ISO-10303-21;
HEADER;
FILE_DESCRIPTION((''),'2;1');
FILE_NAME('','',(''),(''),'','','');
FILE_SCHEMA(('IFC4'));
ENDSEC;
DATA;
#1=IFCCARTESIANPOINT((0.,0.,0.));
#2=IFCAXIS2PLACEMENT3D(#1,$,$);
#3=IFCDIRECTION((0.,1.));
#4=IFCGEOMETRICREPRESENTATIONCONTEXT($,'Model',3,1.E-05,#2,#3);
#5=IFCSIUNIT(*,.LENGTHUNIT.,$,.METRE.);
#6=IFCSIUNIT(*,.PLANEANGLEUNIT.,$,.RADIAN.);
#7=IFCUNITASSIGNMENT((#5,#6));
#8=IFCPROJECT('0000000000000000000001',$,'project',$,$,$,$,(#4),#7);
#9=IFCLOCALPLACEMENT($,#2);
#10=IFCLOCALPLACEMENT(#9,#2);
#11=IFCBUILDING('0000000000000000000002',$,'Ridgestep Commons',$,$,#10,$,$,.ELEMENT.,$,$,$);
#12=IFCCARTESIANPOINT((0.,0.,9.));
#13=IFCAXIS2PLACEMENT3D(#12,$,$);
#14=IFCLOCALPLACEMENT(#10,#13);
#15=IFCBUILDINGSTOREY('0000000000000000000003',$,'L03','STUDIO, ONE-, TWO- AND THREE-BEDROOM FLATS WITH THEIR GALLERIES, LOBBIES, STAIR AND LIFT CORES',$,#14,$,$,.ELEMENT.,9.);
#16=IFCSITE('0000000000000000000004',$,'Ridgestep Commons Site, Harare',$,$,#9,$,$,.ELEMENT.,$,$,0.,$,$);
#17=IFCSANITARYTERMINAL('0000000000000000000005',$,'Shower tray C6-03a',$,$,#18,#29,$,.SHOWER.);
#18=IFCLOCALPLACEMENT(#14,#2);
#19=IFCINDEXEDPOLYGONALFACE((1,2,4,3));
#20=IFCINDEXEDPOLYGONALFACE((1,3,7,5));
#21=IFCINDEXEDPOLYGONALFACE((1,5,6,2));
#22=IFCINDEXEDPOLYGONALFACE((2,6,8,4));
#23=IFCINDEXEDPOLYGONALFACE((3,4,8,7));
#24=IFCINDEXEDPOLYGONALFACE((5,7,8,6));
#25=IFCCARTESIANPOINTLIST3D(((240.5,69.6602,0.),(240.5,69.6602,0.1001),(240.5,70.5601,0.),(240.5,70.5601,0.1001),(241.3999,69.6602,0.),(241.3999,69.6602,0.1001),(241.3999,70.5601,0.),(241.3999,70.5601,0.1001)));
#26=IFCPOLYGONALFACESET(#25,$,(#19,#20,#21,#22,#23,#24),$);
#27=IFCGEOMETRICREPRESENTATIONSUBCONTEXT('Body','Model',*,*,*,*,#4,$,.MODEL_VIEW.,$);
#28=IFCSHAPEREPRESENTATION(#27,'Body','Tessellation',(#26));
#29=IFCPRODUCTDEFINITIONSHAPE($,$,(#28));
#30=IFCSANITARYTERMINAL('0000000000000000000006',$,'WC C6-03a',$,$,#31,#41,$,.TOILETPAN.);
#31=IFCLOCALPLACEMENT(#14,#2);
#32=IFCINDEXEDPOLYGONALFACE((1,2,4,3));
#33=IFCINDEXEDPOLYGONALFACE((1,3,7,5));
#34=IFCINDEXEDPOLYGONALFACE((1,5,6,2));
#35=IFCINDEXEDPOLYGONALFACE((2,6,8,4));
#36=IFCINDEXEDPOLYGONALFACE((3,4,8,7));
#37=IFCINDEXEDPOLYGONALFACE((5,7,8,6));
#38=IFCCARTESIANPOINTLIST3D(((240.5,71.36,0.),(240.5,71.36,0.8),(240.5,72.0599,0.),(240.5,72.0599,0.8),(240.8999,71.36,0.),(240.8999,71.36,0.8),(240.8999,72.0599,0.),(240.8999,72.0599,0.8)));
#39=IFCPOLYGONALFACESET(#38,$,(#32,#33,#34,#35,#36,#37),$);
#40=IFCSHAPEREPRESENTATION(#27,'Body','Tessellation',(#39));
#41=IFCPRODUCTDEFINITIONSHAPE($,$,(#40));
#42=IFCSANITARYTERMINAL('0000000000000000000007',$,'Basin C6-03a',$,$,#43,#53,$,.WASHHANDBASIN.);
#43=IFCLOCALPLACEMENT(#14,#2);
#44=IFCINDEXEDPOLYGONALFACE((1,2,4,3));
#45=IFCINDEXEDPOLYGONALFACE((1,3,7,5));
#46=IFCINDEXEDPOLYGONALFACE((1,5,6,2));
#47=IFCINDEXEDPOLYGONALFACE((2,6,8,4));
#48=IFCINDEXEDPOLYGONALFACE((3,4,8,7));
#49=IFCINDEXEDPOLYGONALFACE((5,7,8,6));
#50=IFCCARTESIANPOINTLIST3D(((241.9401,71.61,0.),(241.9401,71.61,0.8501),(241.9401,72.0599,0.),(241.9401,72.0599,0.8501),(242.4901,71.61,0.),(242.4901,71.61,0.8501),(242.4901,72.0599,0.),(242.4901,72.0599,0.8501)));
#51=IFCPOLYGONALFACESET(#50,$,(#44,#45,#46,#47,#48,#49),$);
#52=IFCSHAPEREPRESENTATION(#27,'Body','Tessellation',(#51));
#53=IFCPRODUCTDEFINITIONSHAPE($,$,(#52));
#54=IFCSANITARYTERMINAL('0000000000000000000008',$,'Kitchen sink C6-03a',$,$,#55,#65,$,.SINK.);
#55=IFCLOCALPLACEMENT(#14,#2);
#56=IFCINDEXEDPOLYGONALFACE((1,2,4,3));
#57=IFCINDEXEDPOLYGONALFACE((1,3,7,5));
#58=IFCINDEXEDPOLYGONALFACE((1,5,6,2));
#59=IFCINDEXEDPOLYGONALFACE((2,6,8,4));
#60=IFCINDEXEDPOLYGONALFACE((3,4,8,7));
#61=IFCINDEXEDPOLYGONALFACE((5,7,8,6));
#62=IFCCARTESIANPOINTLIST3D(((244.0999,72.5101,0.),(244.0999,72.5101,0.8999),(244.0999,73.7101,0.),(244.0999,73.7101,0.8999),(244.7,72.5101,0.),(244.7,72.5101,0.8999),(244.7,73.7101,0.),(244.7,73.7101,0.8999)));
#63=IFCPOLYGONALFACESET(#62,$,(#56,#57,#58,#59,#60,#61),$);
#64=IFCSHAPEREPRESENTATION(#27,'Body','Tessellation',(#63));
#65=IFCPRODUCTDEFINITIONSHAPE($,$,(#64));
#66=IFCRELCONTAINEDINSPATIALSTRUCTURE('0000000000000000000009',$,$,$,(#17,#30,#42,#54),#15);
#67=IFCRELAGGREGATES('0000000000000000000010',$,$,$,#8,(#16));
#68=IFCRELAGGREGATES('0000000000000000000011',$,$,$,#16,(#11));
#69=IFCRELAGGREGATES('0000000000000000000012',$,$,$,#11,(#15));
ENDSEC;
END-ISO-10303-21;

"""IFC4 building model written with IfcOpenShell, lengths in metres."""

from ifc_helpers import new_model, si_unit, direction, frame, origin, origin_2d, place, context, subcontext, project, spatial, rectangle, extrude, element, save


model = new_model("IFC4")

# Units and contexts
model_context = context("Model", 3, precision=1e-05, world=origin(), true_north=direction((0.0, 1.0)))
body_context = subcontext(model_context, "Body", "Model", "MODEL_VIEW")
ifc_project = project(units=[si_unit("LENGTHUNIT", "METRE"), si_unit("PLANEANGLEUNIT", "RADIAN")], contexts=[model_context])

# Site, building, storey
site_placement = place(None, origin())
site = spatial("IfcSite", under=ifc_project, at=site_placement, Name="Ridgestep Commons Site, Harare", CompositionType="ELEMENT", RefElevation=0.0)
building_placement = place(site_placement, origin())
building = spatial("IfcBuilding", under=site, at=building_placement, Name="Ridgestep Commons", CompositionType="ELEMENT")
storey_placement = place(building_placement, frame((0.0, 0.0, 9.0)))
storey = spatial("IfcBuildingStorey", under=building, at=storey_placement, Name="L03", Description="STUDIO, ONE-, TWO- AND THREE-BEDROOM FLATS WITH THEIR GALLERIES, LOBBIES, STAIR AND LIFT CORES", CompositionType="ELEMENT", Elevation=9.0)

# Sanitary terminals
sanitary_terminal_1_placement = place(storey_placement, frame((240.95, 70.1101, 0.0), z_axis=(0.0, 0.0, 1.0), x_axis=(1.0, 0.0, 0.0)))
element("IfcSanitaryTerminal", 1, at=sanitary_terminal_1_placement, inside=storey, Name="Shower tray C6-03a", PredefinedType="SHOWER", context=body_context, shape_type="SweptSolid", body=[
    extrude(rectangle(XDim=0.8999, YDim=0.8999, at=origin_2d()), origin(), (0.0, 0.0, 1.0), 0.1001),
])
sanitary_terminal_2_placement = place(storey_placement, frame((240.7, 71.71, 0.0), z_axis=(0.0, 0.0, 1.0), x_axis=(1.0, 0.0, 0.0)))
element("IfcSanitaryTerminal", 2, at=sanitary_terminal_2_placement, inside=storey, Name="WC C6-03a", PredefinedType="TOILETPAN", context=body_context, shape_type="SweptSolid", body=[
    extrude(rectangle(XDim=0.3999, YDim=0.7, at=origin_2d()), origin(), (0.0, 0.0, 1.0), 0.8),
])
sanitary_terminal_3_placement = place(storey_placement, frame((242.2151, 71.835, 0.0), z_axis=(0.0, 0.0, 1.0), x_axis=(1.0, 0.0, 0.0)))
element("IfcSanitaryTerminal", 3, at=sanitary_terminal_3_placement, inside=storey, Name="Basin C6-03a", PredefinedType="WASHHANDBASIN", context=body_context, shape_type="SweptSolid", body=[
    extrude(rectangle(XDim=0.55, YDim=0.45, at=origin_2d()), origin(), (0.0, 0.0, 1.0), 0.8501),
])
sanitary_terminal_4_placement = place(storey_placement, frame((244.3999, 73.1101, 0.0), z_axis=(0.0, 0.0, 1.0), x_axis=(1.0, 0.0, 0.0)))
element("IfcSanitaryTerminal", 4, at=sanitary_terminal_4_placement, inside=storey, Name="Kitchen sink C6-03a", PredefinedType="SINK", context=body_context, shape_type="SweptSolid", body=[
    extrude(rectangle(XDim=0.6001, YDim=1.2, at=origin_2d()), origin(), (0.0, 0.0, 1.0), 0.8999),
])

save(model, "model.ifc")
